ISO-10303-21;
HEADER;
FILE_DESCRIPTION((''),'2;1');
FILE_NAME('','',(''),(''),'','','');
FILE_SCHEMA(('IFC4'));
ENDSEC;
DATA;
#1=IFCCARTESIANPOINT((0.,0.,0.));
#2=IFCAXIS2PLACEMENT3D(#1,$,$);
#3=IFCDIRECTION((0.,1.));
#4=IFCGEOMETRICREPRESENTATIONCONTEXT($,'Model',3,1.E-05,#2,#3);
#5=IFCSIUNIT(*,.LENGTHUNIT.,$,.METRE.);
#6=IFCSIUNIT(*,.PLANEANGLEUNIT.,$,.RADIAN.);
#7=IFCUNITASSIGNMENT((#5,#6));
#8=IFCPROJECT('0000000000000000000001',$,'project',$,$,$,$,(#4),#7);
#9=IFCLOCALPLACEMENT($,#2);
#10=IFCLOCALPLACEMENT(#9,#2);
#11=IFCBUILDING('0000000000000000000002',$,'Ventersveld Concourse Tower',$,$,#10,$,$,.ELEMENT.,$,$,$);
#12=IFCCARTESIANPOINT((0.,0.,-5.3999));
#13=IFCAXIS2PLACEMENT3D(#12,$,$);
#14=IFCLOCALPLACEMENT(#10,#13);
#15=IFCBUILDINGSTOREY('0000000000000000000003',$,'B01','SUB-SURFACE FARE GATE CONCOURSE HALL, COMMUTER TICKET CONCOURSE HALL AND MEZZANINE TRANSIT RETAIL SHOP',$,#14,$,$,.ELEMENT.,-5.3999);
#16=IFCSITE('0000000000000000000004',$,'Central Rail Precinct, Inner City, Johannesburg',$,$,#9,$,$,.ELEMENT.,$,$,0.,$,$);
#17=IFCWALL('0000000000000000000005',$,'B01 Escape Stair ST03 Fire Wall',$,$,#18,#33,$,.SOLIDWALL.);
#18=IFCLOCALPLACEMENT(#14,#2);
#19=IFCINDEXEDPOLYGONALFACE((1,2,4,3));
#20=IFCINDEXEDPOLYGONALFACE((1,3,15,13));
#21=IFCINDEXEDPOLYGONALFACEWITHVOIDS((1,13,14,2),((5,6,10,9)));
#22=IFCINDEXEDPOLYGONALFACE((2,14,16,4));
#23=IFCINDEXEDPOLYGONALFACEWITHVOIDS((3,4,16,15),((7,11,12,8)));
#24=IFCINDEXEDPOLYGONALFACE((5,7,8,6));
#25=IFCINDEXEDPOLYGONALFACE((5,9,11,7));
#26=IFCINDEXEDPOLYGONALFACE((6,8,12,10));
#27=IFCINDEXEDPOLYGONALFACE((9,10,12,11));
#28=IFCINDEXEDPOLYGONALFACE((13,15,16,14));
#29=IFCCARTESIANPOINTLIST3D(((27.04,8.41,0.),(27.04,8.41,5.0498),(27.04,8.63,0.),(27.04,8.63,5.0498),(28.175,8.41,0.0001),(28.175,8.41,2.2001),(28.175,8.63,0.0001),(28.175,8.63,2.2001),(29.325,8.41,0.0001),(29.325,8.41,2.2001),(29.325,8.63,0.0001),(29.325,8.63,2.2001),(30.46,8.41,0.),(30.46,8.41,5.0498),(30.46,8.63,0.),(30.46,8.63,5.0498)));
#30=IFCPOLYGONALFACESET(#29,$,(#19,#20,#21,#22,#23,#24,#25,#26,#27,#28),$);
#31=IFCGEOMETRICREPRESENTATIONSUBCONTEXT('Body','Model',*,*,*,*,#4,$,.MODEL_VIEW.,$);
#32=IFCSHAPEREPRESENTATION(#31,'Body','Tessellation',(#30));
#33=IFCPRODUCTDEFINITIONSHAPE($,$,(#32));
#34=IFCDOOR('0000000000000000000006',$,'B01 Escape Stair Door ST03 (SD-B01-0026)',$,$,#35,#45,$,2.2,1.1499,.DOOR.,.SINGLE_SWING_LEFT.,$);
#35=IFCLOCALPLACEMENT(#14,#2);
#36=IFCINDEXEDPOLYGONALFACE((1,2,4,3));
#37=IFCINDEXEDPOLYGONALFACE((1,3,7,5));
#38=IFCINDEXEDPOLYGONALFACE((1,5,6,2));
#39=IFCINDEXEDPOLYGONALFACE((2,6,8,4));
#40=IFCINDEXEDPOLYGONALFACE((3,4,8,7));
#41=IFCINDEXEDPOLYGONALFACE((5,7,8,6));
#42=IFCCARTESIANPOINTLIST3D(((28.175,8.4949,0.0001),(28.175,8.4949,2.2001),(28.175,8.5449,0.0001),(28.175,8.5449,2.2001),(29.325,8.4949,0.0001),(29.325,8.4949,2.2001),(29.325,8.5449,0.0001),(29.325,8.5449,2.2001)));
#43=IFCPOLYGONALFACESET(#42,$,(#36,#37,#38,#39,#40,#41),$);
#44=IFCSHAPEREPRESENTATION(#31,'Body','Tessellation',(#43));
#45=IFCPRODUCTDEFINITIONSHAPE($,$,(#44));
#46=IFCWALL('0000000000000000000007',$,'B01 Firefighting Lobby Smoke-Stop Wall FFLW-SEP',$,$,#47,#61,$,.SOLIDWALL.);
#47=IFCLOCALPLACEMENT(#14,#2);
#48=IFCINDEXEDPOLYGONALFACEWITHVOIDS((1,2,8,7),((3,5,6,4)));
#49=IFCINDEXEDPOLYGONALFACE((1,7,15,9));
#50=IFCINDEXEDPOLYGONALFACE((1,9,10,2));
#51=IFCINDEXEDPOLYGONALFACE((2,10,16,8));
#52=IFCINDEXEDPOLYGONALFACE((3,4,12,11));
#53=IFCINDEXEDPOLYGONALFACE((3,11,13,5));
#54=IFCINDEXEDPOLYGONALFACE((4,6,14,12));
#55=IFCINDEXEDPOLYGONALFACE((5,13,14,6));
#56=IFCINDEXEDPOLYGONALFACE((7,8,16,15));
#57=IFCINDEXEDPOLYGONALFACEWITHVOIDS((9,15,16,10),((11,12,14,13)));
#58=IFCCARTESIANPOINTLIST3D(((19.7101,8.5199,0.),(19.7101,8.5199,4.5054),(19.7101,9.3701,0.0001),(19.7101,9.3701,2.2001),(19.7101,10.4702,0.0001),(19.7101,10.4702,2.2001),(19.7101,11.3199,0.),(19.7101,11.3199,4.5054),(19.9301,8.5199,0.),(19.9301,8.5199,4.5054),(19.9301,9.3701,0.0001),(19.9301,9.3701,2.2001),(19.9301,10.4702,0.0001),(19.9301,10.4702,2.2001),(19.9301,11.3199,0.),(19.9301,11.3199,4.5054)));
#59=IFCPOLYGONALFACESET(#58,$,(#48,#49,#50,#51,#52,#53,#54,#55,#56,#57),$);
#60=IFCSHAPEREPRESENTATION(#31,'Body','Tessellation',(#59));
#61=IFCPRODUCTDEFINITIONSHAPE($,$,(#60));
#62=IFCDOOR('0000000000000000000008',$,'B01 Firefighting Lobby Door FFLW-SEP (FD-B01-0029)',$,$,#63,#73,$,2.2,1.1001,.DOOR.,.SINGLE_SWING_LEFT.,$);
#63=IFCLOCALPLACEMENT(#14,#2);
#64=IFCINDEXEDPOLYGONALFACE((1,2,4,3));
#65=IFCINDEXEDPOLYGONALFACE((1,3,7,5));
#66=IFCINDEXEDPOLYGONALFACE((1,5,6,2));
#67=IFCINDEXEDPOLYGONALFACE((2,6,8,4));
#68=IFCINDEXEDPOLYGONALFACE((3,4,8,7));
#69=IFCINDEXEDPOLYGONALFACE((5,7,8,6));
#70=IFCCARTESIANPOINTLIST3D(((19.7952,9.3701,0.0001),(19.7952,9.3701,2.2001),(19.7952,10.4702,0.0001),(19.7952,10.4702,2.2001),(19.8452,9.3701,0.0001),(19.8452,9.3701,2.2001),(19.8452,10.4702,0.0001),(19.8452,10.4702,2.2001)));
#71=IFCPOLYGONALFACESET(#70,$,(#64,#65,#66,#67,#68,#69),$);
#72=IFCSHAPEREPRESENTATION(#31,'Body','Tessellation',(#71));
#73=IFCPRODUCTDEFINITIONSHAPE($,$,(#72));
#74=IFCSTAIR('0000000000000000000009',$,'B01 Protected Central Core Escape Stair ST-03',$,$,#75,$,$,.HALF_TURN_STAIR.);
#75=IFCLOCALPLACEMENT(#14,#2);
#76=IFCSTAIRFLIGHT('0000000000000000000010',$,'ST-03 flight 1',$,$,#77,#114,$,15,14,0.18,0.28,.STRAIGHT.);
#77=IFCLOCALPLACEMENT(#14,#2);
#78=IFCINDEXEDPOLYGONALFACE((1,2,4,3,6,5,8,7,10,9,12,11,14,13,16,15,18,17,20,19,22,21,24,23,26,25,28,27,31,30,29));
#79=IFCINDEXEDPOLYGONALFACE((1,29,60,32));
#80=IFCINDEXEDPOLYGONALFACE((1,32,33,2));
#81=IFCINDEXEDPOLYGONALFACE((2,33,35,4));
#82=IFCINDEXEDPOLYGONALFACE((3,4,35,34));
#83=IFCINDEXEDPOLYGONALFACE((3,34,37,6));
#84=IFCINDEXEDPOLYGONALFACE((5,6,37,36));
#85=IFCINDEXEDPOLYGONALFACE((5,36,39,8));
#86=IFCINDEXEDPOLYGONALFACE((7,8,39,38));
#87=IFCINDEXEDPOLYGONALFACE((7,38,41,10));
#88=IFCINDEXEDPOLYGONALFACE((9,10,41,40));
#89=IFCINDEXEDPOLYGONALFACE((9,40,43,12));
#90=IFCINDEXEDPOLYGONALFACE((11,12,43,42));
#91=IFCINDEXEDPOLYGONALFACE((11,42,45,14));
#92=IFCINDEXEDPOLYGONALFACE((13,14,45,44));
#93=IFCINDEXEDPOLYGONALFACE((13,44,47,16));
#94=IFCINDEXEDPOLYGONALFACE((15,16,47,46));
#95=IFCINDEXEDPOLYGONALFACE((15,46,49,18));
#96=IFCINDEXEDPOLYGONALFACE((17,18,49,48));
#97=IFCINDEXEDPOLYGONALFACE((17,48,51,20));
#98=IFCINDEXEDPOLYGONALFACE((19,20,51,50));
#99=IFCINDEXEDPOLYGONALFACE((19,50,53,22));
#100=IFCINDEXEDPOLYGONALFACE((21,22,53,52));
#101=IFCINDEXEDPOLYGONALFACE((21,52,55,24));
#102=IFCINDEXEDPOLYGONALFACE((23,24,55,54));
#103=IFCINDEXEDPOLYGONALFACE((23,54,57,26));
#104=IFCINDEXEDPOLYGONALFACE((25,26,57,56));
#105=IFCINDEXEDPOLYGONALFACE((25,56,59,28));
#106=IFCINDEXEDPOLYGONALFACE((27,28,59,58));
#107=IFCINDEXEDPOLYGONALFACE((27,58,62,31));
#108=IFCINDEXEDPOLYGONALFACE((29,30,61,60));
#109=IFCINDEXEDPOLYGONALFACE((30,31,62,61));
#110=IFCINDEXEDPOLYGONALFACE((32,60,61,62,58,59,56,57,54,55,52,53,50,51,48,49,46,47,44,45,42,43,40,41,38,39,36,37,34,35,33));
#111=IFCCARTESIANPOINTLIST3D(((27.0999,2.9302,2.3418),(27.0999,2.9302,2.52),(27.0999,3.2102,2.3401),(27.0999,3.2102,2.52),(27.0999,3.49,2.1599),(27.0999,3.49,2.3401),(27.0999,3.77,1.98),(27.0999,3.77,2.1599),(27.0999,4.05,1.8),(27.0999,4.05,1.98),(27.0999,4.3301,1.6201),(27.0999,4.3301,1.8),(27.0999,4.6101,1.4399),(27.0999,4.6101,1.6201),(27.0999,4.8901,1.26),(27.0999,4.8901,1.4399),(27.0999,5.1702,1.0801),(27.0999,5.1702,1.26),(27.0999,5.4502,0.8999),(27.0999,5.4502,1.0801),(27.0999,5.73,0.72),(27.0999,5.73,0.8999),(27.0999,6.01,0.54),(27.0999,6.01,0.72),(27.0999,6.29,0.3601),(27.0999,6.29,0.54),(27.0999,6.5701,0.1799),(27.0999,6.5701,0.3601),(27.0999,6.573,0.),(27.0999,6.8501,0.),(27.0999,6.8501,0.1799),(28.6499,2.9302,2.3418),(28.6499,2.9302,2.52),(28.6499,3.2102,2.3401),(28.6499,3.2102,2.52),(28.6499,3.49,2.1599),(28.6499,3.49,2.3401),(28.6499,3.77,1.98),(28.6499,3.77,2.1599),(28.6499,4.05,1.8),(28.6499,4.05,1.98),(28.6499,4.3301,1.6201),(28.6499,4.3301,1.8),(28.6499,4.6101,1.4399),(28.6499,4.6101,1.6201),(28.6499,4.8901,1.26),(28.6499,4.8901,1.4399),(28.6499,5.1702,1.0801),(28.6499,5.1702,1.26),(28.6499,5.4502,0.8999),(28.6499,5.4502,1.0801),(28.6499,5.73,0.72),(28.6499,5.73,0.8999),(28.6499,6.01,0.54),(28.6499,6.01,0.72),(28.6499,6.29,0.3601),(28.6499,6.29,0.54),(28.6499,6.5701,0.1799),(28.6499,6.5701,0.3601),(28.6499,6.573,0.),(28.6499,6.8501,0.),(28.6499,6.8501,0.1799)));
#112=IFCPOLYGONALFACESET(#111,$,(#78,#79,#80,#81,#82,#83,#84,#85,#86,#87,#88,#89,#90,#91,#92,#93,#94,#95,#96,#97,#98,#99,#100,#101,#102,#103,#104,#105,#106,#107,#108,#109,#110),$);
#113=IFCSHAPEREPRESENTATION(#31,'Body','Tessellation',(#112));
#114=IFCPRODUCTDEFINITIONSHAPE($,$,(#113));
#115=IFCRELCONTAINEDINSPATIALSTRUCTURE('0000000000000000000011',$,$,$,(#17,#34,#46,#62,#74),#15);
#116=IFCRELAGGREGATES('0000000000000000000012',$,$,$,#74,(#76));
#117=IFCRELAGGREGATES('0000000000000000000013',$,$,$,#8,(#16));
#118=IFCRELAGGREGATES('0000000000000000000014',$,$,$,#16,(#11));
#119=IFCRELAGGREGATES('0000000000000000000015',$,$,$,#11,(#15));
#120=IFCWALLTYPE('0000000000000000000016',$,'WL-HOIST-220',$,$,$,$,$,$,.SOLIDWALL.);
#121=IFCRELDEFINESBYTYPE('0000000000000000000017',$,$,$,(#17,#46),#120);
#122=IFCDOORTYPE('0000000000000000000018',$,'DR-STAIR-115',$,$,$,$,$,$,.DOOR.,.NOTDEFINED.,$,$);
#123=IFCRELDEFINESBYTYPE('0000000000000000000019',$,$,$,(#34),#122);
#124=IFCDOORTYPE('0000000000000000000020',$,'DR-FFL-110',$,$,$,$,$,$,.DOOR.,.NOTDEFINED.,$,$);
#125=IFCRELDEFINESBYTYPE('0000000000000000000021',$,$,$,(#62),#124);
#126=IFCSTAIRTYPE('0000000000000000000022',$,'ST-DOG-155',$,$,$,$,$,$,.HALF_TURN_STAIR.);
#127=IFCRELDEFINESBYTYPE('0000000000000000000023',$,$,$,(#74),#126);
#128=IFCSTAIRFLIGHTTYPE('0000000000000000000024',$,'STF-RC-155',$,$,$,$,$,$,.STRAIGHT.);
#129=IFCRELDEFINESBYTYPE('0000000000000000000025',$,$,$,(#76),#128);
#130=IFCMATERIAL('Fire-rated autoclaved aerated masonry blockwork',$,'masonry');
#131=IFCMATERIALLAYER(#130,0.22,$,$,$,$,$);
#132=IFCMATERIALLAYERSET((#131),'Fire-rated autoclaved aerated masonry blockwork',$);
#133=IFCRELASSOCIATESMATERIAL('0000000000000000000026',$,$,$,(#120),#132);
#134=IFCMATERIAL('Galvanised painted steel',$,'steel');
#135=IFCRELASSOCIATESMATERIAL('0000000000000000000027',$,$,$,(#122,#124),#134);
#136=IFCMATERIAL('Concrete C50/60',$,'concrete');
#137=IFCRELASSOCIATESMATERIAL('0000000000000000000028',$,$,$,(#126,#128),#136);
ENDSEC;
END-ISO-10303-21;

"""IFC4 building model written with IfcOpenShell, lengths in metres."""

from ifc_helpers import new_model, si_unit, direction, frame, frame_2d, origin, place, context, subcontext, project, spatial, polyline, rectangle, outline, extrude, material, layer, layer_set, type_object, element, fill, aggregate, save


model = new_model("IFC4")

# Units and contexts
model_context = context("Model", 3, precision=1e-05, world=origin(), true_north=direction((0.0, 1.0)))
body_context = subcontext(model_context, "Body", "Model", "MODEL_VIEW")
ifc_project = project(units=[si_unit("LENGTHUNIT", "METRE"), si_unit("PLANEANGLEUNIT", "RADIAN")], contexts=[model_context])

# Site, building, storey
site_placement = place(None, origin())
site = spatial("IfcSite", under=ifc_project, at=site_placement, Name="Central Rail Precinct, Inner City, Johannesburg", CompositionType="ELEMENT", RefElevation=0.0)
building_placement = place(site_placement, origin())
building = spatial("IfcBuilding", under=site, at=building_placement, Name="Ventersveld Concourse Tower", CompositionType="ELEMENT")
storey_placement = place(building_placement, frame((0.0, 0.0, -5.3999)))
storey = spatial("IfcBuildingStorey", under=building, at=storey_placement, Name="B01", Description="SUB-SURFACE FARE GATE CONCOURSE HALL, COMMUTER TICKET CONCOURSE HALL AND MEZZANINE TRANSIT RETAIL SHOP", CompositionType="ELEMENT", Elevation=-5.3999)

# Shared definitions
ifc_material_1 = material(Name="Concrete C50/60", Category="concrete")

# Shared definitions
ifc_material_2 = material(Name="Fire-rated autoclaved aerated masonry blockwork", Category="masonry")
ifc_layer_1 = layer(ifc_material_2, 0.22)
ifc_layer_set_1 = layer_set([ifc_layer_1], Name="Fire-rated autoclaved aerated masonry blockwork")
wall_type_1 = type_object("IfcWallType", Name="WL-HOIST-220", PredefinedType="SOLIDWALL", material=ifc_layer_set_1)

# Walls, openings, doors
wall_1_placement = place(storey_placement, frame((27.04, 8.52, 0.0), z_axis=(0.0, 0.0, 1.0), x_axis=(1.0, 0.0, 0.0)))
wall_1 = element("IfcWall", 1, at=wall_1_placement, inside=storey, type_object=wall_type_1, Name="B01 Escape Stair ST03 Fire Wall", PredefinedType="SOLIDWALL", context=body_context, shape_type="SweptSolid", body=[
    extrude(rectangle(XDim=3.4199, YDim=0.22, at=frame_2d((1.71, 0.0))), origin(), (0.0, 0.0, 1.0), 5.0498),
])
opening_1_placement = place(wall_1_placement, frame((1.135, 0.0, 0.0)))
opening_1 = element("IfcOpeningElement", 2, at=opening_1_placement, cuts=wall_1, PredefinedType="OPENING", context=body_context, shape_type="SweptSolid", body=[
    extrude(rectangle(XDim=1.1499, YDim=2.2, at=frame_2d((0.575, 1.1001))), frame((0.0, 0.1201, 0.0), z_axis=(0.0, -1.0, 0.0), x_axis=(1.0, 0.0, 0.0)), (0.0, 0.0, 1.0), 0.24),
])
ifc_material_3 = material(Name="Galvanised painted steel", Category="steel")
door_type_1 = type_object("IfcDoorType", Name="DR-STAIR-115", OperationType="NOTDEFINED", PredefinedType="DOOR", material=ifc_material_3)
door_1_placement = place(opening_1_placement, origin())
door_1 = element("IfcDoor", 3, at=door_1_placement, inside=storey, type_object=door_type_1, Name="B01 Escape Stair Door ST03 (SD-B01-0026)", OperationType="SINGLE_SWING_LEFT", OverallHeight=2.2, OverallWidth=1.1499, PredefinedType="DOOR", context=body_context, shape_type="SweptSolid", body=[
    extrude(rectangle(XDim=1.1499, YDim=2.2, at=frame_2d((0.575, 1.1001))), frame((0.0, 0.0249, 0.0), z_axis=(0.0, -1.0, 0.0), x_axis=(1.0, 0.0, 0.0)), (0.0, 0.0, 1.0), 0.05),
])
fill(opening_1, door_1)
wall_2_placement = place(storey_placement, frame((19.8201, 8.52, 0.0), z_axis=(0.0, 0.0, 1.0), x_axis=(0.0, 1.0, 0.0)))
wall_2 = element("IfcWall", 4, at=wall_2_placement, inside=storey, type_object=wall_type_1, Name="B01 Firefighting Lobby Smoke-Stop Wall FFLW-SEP", PredefinedType="SOLIDWALL", context=body_context, shape_type="SweptSolid", body=[
    extrude(rectangle(XDim=2.8, YDim=0.22, at=frame_2d((1.3999, 0.0))), origin(), (0.0, 0.0, 1.0), 4.5054),
])
opening_2_placement = place(wall_2_placement, frame((0.8501, 0.0, 0.0)))
opening_2 = element("IfcOpeningElement", 5, at=opening_2_placement, cuts=wall_2, PredefinedType="OPENING", context=body_context, shape_type="SweptSolid", body=[
    extrude(rectangle(XDim=1.1001, YDim=2.2, at=frame_2d((0.55, 1.1001))), frame((0.0, 0.1201, 0.0), z_axis=(0.0, -1.0, 0.0), x_axis=(1.0, 0.0, 0.0)), (0.0, 0.0, 1.0), 0.24),
])
door_type_2 = type_object("IfcDoorType", Name="DR-FFL-110", OperationType="NOTDEFINED", PredefinedType="DOOR", material=ifc_material_3)
door_2_placement = place(opening_2_placement, origin())
door_2 = element("IfcDoor", 6, at=door_2_placement, inside=storey, type_object=door_type_2, Name="B01 Firefighting Lobby Door FFLW-SEP (FD-B01-0029)", OperationType="SINGLE_SWING_LEFT", OverallHeight=2.2, OverallWidth=1.1001, PredefinedType="DOOR", context=body_context, shape_type="SweptSolid", body=[
    extrude(rectangle(XDim=1.1001, YDim=2.2, at=frame_2d((0.55, 1.1001))), frame((0.0, 0.0249, 0.0), z_axis=(0.0, -1.0, 0.0), x_axis=(1.0, 0.0, 0.0)), (0.0, 0.0, 1.0), 0.05),
])
fill(opening_2, door_2)

# Stair, stair flight
stair_type = type_object("IfcStairType", Name="ST-DOG-155", PredefinedType="HALF_TURN_STAIR", material=ifc_material_1)
stair_placement = place(storey_placement, origin())
stair = element("IfcStair", 7, at=stair_placement, inside=storey, type_object=stair_type, Name="B01 Protected Central Core Escape Stair ST-03", PredefinedType="HALF_TURN_STAIR")
stair_flight_type = type_object("IfcStairFlightType", Name="STF-RC-155", PredefinedType="STRAIGHT", material=ifc_material_1)
stair_flight_placement = place(storey_placement, frame((27.875, 6.8501, 0.0), z_axis=(0.0, 0.0, 1.0), x_axis=(0.0, -1.0, 0.0)))
stair_flight = element("IfcStairFlight", 8, at=stair_flight_placement, type_object=stair_flight_type, Name="ST-03 flight 1", NumberOfRisers=15, NumberOfTreads=14, PredefinedType="STRAIGHT", RiserHeight=0.18, TreadLength=0.28, context=body_context, shape_type="SweptSolid", body=[
    extrude(outline(polyline([(0.0, 0.0), (0.0, 0.1799), (0.28, 0.1799), (0.28, 0.3601), (0.5601, 0.3601), (0.5601, 0.54), (0.8401, 0.54), (0.8401, 0.72), (1.1201, 0.72), (1.1201, 0.8999), (1.3999, 0.8999), (1.3999, 1.0801), (1.6799, 1.0801), (1.6799, 1.26), (1.96, 1.26), (1.96, 1.4399), (2.24, 1.4399), (2.24, 1.6201), (2.52, 1.6201), (2.52, 1.8), (2.8, 1.8), (2.8, 1.98), (3.0801, 1.98), (3.0801, 2.1599), (3.3601, 2.1599), (3.3601, 2.3401), (3.6399, 2.3401), (3.6399, 2.52), (3.9199, 2.52), (3.9199, 2.7), (3.9199, 2.3418), (0.2771, 0.0), (0.0, 0.0)])), frame((0.0, 0.7749, 0.0), z_axis=(0.0, -1.0, 0.0), x_axis=(1.0, 0.0, 0.0)), (0.0, 0.0, 1.0), 1.55),
])
aggregate(stair, [stair_flight])

save(model, "model.ifc")
